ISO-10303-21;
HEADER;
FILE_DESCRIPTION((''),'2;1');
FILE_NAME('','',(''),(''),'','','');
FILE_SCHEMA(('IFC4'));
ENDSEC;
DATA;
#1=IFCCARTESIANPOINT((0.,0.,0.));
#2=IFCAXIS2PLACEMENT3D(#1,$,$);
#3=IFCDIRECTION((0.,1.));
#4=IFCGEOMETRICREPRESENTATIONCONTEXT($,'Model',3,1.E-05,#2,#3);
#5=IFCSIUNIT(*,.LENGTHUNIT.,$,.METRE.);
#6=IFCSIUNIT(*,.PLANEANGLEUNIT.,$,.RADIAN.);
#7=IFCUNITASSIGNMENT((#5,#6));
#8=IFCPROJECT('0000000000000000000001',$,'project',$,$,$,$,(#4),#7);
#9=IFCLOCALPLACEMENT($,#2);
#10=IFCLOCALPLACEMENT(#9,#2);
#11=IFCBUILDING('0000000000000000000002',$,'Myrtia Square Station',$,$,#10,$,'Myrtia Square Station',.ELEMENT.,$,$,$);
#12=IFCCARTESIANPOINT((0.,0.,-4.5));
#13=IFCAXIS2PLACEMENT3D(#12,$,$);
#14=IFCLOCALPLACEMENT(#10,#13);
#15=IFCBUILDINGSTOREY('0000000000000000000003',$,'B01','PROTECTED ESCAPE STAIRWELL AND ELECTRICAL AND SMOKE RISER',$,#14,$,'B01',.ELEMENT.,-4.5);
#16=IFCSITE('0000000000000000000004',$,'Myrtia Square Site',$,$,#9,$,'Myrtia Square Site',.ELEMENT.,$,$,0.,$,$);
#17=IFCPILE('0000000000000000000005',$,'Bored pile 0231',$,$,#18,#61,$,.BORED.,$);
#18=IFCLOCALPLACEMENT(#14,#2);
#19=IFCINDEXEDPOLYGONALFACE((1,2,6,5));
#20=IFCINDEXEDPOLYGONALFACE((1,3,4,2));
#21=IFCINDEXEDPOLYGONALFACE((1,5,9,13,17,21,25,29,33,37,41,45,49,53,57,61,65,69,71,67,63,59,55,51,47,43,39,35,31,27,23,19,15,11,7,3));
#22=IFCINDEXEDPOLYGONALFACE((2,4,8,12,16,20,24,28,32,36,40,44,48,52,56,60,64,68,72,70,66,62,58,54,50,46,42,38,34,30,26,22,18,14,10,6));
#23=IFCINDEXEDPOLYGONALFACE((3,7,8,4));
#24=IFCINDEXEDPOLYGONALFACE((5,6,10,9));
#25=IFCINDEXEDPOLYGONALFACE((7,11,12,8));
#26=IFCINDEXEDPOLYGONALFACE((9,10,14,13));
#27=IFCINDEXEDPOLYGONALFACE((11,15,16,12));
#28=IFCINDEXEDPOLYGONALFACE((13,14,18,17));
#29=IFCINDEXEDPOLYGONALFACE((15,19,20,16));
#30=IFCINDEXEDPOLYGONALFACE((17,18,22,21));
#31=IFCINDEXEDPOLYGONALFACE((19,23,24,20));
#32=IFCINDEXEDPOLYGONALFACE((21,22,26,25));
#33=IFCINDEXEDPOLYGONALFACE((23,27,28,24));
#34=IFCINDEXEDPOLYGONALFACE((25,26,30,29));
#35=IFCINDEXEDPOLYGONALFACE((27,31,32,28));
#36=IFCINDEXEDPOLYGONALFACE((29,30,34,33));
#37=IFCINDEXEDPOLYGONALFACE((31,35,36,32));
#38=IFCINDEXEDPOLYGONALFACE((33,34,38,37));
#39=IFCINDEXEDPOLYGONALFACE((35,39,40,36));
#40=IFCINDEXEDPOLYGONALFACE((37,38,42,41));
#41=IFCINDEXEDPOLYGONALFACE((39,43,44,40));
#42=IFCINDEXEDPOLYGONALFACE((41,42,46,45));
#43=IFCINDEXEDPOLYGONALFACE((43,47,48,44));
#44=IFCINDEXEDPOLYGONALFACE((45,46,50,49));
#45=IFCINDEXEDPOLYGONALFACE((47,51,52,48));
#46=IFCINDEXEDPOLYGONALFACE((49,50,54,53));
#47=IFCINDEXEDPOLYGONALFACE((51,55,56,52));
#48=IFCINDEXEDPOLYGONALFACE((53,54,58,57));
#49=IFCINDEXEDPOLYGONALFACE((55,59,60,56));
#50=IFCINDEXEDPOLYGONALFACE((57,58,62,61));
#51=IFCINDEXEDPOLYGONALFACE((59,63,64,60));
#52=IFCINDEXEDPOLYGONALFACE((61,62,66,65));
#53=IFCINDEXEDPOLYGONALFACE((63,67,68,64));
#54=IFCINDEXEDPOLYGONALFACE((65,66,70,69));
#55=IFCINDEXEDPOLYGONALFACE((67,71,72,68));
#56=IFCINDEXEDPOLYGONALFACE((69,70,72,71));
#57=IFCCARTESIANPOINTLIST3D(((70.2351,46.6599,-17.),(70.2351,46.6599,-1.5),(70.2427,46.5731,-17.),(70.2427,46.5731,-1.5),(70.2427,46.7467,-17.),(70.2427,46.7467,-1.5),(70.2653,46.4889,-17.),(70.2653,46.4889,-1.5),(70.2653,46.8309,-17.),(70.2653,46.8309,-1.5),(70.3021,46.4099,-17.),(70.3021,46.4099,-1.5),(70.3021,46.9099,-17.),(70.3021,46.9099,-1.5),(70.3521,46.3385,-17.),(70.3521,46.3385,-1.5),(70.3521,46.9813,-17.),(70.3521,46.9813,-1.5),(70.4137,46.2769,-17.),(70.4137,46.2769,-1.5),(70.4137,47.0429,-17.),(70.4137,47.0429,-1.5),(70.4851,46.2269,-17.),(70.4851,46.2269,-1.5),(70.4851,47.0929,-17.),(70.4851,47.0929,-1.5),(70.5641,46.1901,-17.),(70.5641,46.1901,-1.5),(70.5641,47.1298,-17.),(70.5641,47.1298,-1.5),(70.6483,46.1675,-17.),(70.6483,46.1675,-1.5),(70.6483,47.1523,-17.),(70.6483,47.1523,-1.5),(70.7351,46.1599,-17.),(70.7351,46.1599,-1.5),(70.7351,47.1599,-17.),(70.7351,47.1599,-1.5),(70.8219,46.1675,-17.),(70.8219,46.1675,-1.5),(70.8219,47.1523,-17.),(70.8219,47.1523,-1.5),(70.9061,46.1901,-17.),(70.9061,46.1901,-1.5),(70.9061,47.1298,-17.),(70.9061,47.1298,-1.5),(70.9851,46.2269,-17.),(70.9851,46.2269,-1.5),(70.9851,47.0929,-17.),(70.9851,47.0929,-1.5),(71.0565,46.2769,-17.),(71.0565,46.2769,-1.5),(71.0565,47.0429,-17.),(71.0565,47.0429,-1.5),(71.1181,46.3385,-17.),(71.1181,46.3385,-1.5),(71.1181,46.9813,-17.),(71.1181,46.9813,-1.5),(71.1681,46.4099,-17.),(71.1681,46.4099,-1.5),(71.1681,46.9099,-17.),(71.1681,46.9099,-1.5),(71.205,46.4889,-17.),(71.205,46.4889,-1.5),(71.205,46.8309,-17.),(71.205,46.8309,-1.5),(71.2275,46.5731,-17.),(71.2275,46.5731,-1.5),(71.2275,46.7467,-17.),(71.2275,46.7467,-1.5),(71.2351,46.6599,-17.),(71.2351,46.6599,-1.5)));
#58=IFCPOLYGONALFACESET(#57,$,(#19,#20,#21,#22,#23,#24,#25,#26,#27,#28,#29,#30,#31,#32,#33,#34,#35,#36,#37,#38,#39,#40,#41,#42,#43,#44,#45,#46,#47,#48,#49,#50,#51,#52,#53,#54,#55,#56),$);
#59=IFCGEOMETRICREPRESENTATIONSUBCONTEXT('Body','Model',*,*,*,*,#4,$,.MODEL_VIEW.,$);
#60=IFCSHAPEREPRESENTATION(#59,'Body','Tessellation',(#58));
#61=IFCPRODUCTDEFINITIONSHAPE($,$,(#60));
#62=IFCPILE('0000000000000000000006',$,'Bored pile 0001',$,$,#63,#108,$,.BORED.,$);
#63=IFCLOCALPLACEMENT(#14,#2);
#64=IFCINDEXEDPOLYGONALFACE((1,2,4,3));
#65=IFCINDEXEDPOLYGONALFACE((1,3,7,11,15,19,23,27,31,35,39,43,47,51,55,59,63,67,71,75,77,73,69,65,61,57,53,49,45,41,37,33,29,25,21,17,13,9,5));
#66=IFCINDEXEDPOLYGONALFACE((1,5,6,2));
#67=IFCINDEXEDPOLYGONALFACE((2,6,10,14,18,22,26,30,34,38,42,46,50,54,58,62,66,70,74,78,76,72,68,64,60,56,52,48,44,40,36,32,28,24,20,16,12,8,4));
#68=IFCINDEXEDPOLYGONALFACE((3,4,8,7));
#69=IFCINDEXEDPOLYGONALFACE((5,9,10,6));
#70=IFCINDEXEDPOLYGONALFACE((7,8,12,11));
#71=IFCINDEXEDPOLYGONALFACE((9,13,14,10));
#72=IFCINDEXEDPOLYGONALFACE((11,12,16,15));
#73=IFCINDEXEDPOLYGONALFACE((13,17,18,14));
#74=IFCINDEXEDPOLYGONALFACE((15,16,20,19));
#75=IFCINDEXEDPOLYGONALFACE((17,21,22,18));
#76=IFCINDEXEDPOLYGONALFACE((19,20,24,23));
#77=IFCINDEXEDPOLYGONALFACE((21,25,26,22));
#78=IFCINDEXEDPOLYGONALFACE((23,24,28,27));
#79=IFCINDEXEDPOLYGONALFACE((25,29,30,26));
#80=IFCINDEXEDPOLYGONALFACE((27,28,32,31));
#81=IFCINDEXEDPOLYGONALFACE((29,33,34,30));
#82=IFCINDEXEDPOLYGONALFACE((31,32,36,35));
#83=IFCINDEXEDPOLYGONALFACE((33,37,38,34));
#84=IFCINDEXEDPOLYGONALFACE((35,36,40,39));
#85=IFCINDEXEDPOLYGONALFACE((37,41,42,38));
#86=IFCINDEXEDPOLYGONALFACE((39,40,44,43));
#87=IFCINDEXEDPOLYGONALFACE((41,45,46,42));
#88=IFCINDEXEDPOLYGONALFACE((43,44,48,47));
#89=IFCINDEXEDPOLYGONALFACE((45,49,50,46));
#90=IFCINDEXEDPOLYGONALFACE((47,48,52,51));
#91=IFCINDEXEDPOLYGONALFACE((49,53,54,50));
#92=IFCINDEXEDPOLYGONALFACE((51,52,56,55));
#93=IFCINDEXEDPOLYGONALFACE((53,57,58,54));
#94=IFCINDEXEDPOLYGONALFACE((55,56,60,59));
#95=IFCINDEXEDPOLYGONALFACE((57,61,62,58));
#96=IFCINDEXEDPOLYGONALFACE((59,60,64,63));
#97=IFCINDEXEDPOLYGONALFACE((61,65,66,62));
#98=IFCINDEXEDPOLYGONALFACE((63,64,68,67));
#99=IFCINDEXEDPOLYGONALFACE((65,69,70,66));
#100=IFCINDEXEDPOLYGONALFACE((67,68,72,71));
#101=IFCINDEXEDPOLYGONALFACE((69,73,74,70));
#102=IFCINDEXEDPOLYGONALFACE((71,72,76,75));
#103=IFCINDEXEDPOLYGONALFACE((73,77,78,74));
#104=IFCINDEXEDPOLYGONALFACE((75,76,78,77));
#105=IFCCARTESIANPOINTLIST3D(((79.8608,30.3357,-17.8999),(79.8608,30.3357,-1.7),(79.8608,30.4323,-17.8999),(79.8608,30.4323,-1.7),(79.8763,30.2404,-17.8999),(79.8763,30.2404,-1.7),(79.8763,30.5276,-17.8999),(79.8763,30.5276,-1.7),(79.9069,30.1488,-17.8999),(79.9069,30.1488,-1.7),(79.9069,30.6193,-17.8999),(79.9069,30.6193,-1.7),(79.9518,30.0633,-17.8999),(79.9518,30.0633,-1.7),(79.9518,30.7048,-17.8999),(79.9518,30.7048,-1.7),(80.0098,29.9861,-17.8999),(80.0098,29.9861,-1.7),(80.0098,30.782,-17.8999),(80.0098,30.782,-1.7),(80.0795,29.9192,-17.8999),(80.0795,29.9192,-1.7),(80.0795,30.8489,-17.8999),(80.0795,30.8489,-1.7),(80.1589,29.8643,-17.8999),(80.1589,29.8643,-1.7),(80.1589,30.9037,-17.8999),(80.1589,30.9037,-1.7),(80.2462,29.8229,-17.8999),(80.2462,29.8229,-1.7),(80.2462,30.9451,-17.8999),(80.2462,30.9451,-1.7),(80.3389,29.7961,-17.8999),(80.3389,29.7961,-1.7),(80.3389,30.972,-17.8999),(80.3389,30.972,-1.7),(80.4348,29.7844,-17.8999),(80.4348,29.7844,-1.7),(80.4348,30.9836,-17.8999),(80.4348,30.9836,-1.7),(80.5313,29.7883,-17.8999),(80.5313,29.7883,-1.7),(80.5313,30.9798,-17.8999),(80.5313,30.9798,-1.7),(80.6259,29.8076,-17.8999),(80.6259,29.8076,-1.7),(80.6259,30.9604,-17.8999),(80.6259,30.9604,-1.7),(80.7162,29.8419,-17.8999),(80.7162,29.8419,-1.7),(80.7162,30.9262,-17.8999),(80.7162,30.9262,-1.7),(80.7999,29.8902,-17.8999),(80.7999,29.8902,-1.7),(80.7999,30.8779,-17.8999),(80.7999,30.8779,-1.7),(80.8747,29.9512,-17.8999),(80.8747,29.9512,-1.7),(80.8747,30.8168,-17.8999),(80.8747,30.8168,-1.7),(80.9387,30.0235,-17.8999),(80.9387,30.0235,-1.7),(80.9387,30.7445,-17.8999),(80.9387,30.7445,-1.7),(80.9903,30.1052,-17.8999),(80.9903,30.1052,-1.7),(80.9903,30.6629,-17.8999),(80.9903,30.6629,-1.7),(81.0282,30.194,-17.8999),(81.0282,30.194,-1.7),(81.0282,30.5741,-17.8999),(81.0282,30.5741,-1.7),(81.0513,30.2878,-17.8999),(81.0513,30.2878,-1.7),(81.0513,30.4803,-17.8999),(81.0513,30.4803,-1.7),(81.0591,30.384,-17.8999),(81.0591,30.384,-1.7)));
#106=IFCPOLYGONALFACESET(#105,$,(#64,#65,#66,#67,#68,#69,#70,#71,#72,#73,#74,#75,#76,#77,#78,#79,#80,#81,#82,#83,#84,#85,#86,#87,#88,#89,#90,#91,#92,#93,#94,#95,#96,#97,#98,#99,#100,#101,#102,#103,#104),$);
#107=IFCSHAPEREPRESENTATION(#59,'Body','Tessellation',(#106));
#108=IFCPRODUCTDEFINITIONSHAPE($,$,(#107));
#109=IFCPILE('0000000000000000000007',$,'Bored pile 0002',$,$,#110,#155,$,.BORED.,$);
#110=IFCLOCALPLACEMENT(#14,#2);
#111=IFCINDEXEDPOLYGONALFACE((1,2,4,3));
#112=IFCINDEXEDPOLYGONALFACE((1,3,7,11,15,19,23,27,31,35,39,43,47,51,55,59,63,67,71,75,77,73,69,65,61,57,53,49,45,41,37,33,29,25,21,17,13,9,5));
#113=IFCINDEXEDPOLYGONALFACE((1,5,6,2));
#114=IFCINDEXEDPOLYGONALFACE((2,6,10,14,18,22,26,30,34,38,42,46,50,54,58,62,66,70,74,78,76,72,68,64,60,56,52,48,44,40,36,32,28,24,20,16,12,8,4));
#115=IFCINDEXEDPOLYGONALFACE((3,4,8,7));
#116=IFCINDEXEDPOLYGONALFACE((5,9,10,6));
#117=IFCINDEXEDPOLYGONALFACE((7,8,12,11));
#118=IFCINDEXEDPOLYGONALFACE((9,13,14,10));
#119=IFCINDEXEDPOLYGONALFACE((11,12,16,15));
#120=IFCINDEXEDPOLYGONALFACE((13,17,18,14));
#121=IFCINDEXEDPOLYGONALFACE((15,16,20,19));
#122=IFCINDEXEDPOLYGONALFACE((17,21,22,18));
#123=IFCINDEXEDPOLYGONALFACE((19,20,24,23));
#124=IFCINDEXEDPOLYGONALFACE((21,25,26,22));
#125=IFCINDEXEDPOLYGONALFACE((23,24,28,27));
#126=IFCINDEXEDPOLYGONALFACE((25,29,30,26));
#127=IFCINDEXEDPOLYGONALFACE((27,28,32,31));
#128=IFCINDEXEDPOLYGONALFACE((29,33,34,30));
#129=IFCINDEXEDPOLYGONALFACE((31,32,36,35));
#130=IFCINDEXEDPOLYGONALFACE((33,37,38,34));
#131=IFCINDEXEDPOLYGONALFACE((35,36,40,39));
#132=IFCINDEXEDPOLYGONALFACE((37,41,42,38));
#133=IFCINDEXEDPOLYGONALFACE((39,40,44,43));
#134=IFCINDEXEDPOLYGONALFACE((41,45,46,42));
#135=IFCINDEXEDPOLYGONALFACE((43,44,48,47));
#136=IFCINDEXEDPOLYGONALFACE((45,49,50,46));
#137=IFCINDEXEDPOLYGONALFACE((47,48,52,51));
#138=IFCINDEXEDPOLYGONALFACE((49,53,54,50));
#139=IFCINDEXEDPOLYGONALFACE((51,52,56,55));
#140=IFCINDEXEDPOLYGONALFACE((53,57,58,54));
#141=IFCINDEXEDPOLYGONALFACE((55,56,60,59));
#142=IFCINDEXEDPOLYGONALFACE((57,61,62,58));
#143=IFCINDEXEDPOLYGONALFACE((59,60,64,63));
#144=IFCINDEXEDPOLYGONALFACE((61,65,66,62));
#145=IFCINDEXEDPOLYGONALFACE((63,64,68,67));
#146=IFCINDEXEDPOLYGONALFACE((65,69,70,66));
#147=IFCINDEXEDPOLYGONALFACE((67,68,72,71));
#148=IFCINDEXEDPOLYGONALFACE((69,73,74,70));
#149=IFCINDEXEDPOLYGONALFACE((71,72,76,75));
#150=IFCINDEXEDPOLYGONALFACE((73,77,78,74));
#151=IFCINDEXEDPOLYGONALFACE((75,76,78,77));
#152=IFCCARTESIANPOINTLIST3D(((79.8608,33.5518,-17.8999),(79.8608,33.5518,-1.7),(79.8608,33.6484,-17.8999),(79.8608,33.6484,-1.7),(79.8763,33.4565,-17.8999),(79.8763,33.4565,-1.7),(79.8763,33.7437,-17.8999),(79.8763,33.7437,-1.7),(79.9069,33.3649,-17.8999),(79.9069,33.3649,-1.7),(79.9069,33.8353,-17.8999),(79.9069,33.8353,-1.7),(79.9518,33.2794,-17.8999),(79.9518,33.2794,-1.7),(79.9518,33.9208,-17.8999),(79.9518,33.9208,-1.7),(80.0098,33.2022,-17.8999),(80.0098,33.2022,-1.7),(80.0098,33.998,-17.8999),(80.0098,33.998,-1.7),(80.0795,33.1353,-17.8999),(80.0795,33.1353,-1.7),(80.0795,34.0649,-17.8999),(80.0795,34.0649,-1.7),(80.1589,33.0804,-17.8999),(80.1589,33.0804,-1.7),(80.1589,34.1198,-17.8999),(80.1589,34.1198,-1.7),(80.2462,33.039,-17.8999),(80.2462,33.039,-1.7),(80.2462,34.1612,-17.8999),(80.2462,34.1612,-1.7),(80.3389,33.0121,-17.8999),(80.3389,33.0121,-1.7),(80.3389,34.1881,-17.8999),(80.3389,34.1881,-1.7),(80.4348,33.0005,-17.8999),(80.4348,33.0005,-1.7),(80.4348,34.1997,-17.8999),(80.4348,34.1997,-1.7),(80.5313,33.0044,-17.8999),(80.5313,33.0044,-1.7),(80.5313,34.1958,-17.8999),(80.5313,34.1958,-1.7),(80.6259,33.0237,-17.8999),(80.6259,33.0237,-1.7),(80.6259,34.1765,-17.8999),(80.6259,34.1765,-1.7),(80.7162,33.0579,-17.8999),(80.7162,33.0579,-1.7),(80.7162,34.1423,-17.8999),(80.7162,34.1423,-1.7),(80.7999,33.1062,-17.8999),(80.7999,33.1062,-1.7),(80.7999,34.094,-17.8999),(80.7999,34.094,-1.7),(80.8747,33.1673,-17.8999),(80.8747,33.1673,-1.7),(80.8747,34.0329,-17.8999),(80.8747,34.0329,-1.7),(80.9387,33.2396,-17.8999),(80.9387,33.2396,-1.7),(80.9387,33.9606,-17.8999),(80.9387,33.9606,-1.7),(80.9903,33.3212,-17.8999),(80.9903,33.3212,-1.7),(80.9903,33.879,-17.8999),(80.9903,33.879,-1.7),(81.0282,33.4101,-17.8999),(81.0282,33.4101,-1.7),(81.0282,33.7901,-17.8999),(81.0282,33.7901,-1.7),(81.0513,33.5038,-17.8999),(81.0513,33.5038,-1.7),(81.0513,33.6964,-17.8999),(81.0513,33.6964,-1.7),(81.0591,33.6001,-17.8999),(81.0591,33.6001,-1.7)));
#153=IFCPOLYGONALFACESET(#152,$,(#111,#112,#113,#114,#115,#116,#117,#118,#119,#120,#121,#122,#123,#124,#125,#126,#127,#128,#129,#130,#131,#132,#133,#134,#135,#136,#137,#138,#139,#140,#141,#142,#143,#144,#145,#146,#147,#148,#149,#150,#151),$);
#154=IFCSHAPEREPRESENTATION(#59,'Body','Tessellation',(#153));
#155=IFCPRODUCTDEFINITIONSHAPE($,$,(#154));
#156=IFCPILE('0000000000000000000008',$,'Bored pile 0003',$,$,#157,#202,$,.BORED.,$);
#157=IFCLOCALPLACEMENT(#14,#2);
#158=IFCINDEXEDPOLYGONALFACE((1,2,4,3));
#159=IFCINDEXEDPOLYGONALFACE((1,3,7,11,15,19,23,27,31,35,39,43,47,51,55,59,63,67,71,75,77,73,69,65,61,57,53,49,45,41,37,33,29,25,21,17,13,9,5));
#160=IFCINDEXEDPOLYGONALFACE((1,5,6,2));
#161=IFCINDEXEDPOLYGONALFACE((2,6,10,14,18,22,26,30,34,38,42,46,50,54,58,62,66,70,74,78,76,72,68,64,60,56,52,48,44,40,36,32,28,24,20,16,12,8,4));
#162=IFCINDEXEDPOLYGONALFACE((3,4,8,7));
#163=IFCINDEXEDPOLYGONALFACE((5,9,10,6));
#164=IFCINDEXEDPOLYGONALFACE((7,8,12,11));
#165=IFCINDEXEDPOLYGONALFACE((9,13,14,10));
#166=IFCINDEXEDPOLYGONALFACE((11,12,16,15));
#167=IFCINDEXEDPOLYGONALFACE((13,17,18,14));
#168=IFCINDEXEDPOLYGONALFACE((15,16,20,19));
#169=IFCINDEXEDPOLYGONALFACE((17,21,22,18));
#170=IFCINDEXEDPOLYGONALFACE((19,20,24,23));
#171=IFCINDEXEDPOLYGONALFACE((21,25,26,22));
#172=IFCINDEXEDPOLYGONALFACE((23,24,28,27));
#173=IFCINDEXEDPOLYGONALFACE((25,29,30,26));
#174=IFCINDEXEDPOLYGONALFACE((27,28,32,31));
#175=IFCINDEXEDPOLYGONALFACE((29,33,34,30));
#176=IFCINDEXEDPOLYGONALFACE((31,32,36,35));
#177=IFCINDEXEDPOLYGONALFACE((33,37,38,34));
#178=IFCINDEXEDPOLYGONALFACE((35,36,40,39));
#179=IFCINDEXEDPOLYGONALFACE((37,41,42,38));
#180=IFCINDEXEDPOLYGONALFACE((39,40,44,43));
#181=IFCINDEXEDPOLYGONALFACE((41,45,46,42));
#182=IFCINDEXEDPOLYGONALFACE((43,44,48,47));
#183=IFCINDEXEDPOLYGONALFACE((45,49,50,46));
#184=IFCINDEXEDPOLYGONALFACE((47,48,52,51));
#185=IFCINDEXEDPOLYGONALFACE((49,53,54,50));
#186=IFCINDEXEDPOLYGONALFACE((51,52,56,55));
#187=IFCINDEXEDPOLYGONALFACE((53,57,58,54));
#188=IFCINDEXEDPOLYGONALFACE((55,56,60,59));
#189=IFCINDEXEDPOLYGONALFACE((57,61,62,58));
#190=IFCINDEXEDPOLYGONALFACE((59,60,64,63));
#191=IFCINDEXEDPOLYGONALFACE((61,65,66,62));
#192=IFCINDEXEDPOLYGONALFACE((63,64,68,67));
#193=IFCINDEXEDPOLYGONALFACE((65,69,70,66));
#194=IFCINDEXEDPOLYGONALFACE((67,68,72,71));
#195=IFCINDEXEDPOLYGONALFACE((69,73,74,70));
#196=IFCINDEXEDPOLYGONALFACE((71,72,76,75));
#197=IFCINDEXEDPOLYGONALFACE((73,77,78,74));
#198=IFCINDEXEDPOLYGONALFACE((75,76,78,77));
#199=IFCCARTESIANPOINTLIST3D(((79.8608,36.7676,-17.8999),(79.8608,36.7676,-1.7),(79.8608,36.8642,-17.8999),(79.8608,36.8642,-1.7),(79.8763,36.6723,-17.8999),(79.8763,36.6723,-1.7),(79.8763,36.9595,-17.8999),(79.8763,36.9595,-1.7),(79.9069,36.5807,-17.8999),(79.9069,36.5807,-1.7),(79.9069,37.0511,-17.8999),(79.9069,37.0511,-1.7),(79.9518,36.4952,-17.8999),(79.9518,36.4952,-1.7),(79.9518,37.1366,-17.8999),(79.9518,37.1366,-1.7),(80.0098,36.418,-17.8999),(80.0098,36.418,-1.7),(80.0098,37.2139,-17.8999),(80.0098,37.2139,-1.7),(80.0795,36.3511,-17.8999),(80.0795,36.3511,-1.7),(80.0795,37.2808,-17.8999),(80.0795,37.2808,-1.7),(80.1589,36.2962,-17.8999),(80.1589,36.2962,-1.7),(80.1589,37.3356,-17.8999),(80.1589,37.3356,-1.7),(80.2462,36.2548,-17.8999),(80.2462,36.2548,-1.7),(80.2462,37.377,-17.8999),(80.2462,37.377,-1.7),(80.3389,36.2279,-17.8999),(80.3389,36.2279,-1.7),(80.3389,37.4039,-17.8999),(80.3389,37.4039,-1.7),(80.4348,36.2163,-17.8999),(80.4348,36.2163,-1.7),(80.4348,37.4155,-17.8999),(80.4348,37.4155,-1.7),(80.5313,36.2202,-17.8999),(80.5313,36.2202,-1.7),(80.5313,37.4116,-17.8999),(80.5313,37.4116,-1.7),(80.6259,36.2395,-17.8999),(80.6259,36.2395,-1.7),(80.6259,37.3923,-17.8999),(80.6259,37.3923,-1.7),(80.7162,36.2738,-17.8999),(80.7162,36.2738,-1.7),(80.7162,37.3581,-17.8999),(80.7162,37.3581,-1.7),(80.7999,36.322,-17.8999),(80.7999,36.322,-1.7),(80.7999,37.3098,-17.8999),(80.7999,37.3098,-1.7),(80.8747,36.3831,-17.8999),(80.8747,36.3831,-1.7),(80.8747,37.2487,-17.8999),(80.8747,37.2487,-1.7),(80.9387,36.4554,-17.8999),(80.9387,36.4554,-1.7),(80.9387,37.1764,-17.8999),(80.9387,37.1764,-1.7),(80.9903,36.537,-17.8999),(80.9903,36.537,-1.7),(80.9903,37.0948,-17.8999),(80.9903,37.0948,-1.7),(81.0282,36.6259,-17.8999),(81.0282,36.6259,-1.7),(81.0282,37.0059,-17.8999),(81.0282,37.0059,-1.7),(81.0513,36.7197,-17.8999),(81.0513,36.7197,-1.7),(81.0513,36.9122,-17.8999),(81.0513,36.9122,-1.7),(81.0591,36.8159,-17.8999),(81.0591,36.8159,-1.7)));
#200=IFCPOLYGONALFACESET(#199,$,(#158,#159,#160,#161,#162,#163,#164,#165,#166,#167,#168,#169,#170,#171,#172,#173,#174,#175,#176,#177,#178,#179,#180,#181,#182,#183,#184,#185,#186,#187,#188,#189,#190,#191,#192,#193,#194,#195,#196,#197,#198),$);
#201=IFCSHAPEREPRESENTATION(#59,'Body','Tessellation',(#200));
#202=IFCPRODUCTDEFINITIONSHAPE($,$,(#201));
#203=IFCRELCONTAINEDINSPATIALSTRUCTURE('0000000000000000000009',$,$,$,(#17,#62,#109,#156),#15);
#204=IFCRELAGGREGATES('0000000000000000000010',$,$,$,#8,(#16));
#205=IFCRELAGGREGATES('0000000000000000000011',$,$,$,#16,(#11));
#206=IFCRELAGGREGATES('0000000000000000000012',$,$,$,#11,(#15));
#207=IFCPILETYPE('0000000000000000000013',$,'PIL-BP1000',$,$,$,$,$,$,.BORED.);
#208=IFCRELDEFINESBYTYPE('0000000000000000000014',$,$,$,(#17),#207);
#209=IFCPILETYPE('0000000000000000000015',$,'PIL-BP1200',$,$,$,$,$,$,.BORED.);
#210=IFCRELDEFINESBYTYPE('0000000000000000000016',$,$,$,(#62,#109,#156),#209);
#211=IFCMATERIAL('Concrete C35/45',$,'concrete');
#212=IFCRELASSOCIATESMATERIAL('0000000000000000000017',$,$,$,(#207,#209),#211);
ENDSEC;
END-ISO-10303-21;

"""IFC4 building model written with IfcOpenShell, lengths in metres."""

from ifc_helpers import new_model, si_unit, direction, frame, origin, origin_2d, place, context, subcontext, project, spatial, circle, extrude, material, material_profile, profile_set, type_object, element, save


model = new_model("IFC4")

# Units and contexts
model_context = context("Model", 3, precision=1e-05, world=origin(), true_north=direction((0.0, 1.0)))
body_context = subcontext(model_context, "Body", "Model", "MODEL_VIEW")
ifc_project = project(units=[si_unit("LENGTHUNIT", "METRE"), si_unit("PLANEANGLEUNIT", "RADIAN")], contexts=[model_context])

# Site, building, storey
site_placement = place(None, origin())
site = spatial("IfcSite", under=ifc_project, at=site_placement, Name="Myrtia Square Site", LongName="Myrtia Square Site", CompositionType="ELEMENT", RefElevation=0.0)
building_placement = place(site_placement, origin())
building = spatial("IfcBuilding", under=site, at=building_placement, Name="Myrtia Square Station", LongName="Myrtia Square Station", CompositionType="ELEMENT")
storey_placement = place(building_placement, frame((0.0, 0.0, -4.5)))
storey = spatial("IfcBuildingStorey", under=building, at=storey_placement, Name="B01", Description="PROTECTED ESCAPE STAIRWELL AND ELECTRICAL AND SMOKE RISER", LongName="B01", CompositionType="ELEMENT", Elevation=-4.5)

# Shared definitions
ifc_material_1 = material(Name="Concrete C35/45", Category="concrete")

# Piles
ifc_material_profile_1 = material_profile(ifc_material_1, circle(Radius=0.5, at=origin_2d()), Name="BP D1000")
ifc_profile_set_1 = profile_set([ifc_material_profile_1], Name="Concrete C35/45")
pile_type_1 = type_object("IfcPileType", Name="PIL-BP1000", PredefinedType="BORED", material=ifc_profile_set_1)
for number, where, z_axis, x_axis, name in (
    (1, (70.7351, 46.6599, -1.5), (0.0, 0.0, -1.0), (1.0, 0.0, 0.0), "Bored pile 0231"),
):
    element("IfcPile", number, at=place(storey_placement, frame(where, z_axis=z_axis, x_axis=x_axis)), inside=storey, type_object=pile_type_1, Name=name, PredefinedType="BORED", context=body_context, shape_type="SweptSolid", body=[
        extrude(circle(Radius=0.5, at=origin_2d()), origin(), (0.0, 0.0, 1.0), 15.5),
    ])
ifc_material_profile_2 = material_profile(ifc_material_1, circle(Radius=0.6001, at=origin_2d()), Name="BP D1200")
ifc_profile_set_2 = profile_set([ifc_material_profile_2], Name="Concrete C35/45")
pile_type_2 = type_object("IfcPileType", Name="PIL-BP1200", PredefinedType="BORED", material=ifc_profile_set_2)
for number, where, z_axis, x_axis, name in (
    (2, (80.459, 30.384, -1.7), (0.0, 0.0, -1.0), (1.0, 0.0, 0.0), "Bored pile 0001"),
    (3, (80.459, 33.6001, -1.7), (0.0, 0.0, -1.0), (1.0, 0.0, 0.0), "Bored pile 0002"),
    (4, (80.459, 36.8159, -1.7), (0.0, 0.0, -1.0), (1.0, 0.0, 0.0), "Bored pile 0003"),
):
    element("IfcPile", number, at=place(storey_placement, frame(where, z_axis=z_axis, x_axis=x_axis)), inside=storey, type_object=pile_type_2, Name=name, PredefinedType="BORED", context=body_context, shape_type="SweptSolid", body=[
        extrude(circle(Radius=0.6001, at=origin_2d()), origin(), (0.0, 0.0, 1.0), 16.2),
    ])

save(model, "model.ifc")
